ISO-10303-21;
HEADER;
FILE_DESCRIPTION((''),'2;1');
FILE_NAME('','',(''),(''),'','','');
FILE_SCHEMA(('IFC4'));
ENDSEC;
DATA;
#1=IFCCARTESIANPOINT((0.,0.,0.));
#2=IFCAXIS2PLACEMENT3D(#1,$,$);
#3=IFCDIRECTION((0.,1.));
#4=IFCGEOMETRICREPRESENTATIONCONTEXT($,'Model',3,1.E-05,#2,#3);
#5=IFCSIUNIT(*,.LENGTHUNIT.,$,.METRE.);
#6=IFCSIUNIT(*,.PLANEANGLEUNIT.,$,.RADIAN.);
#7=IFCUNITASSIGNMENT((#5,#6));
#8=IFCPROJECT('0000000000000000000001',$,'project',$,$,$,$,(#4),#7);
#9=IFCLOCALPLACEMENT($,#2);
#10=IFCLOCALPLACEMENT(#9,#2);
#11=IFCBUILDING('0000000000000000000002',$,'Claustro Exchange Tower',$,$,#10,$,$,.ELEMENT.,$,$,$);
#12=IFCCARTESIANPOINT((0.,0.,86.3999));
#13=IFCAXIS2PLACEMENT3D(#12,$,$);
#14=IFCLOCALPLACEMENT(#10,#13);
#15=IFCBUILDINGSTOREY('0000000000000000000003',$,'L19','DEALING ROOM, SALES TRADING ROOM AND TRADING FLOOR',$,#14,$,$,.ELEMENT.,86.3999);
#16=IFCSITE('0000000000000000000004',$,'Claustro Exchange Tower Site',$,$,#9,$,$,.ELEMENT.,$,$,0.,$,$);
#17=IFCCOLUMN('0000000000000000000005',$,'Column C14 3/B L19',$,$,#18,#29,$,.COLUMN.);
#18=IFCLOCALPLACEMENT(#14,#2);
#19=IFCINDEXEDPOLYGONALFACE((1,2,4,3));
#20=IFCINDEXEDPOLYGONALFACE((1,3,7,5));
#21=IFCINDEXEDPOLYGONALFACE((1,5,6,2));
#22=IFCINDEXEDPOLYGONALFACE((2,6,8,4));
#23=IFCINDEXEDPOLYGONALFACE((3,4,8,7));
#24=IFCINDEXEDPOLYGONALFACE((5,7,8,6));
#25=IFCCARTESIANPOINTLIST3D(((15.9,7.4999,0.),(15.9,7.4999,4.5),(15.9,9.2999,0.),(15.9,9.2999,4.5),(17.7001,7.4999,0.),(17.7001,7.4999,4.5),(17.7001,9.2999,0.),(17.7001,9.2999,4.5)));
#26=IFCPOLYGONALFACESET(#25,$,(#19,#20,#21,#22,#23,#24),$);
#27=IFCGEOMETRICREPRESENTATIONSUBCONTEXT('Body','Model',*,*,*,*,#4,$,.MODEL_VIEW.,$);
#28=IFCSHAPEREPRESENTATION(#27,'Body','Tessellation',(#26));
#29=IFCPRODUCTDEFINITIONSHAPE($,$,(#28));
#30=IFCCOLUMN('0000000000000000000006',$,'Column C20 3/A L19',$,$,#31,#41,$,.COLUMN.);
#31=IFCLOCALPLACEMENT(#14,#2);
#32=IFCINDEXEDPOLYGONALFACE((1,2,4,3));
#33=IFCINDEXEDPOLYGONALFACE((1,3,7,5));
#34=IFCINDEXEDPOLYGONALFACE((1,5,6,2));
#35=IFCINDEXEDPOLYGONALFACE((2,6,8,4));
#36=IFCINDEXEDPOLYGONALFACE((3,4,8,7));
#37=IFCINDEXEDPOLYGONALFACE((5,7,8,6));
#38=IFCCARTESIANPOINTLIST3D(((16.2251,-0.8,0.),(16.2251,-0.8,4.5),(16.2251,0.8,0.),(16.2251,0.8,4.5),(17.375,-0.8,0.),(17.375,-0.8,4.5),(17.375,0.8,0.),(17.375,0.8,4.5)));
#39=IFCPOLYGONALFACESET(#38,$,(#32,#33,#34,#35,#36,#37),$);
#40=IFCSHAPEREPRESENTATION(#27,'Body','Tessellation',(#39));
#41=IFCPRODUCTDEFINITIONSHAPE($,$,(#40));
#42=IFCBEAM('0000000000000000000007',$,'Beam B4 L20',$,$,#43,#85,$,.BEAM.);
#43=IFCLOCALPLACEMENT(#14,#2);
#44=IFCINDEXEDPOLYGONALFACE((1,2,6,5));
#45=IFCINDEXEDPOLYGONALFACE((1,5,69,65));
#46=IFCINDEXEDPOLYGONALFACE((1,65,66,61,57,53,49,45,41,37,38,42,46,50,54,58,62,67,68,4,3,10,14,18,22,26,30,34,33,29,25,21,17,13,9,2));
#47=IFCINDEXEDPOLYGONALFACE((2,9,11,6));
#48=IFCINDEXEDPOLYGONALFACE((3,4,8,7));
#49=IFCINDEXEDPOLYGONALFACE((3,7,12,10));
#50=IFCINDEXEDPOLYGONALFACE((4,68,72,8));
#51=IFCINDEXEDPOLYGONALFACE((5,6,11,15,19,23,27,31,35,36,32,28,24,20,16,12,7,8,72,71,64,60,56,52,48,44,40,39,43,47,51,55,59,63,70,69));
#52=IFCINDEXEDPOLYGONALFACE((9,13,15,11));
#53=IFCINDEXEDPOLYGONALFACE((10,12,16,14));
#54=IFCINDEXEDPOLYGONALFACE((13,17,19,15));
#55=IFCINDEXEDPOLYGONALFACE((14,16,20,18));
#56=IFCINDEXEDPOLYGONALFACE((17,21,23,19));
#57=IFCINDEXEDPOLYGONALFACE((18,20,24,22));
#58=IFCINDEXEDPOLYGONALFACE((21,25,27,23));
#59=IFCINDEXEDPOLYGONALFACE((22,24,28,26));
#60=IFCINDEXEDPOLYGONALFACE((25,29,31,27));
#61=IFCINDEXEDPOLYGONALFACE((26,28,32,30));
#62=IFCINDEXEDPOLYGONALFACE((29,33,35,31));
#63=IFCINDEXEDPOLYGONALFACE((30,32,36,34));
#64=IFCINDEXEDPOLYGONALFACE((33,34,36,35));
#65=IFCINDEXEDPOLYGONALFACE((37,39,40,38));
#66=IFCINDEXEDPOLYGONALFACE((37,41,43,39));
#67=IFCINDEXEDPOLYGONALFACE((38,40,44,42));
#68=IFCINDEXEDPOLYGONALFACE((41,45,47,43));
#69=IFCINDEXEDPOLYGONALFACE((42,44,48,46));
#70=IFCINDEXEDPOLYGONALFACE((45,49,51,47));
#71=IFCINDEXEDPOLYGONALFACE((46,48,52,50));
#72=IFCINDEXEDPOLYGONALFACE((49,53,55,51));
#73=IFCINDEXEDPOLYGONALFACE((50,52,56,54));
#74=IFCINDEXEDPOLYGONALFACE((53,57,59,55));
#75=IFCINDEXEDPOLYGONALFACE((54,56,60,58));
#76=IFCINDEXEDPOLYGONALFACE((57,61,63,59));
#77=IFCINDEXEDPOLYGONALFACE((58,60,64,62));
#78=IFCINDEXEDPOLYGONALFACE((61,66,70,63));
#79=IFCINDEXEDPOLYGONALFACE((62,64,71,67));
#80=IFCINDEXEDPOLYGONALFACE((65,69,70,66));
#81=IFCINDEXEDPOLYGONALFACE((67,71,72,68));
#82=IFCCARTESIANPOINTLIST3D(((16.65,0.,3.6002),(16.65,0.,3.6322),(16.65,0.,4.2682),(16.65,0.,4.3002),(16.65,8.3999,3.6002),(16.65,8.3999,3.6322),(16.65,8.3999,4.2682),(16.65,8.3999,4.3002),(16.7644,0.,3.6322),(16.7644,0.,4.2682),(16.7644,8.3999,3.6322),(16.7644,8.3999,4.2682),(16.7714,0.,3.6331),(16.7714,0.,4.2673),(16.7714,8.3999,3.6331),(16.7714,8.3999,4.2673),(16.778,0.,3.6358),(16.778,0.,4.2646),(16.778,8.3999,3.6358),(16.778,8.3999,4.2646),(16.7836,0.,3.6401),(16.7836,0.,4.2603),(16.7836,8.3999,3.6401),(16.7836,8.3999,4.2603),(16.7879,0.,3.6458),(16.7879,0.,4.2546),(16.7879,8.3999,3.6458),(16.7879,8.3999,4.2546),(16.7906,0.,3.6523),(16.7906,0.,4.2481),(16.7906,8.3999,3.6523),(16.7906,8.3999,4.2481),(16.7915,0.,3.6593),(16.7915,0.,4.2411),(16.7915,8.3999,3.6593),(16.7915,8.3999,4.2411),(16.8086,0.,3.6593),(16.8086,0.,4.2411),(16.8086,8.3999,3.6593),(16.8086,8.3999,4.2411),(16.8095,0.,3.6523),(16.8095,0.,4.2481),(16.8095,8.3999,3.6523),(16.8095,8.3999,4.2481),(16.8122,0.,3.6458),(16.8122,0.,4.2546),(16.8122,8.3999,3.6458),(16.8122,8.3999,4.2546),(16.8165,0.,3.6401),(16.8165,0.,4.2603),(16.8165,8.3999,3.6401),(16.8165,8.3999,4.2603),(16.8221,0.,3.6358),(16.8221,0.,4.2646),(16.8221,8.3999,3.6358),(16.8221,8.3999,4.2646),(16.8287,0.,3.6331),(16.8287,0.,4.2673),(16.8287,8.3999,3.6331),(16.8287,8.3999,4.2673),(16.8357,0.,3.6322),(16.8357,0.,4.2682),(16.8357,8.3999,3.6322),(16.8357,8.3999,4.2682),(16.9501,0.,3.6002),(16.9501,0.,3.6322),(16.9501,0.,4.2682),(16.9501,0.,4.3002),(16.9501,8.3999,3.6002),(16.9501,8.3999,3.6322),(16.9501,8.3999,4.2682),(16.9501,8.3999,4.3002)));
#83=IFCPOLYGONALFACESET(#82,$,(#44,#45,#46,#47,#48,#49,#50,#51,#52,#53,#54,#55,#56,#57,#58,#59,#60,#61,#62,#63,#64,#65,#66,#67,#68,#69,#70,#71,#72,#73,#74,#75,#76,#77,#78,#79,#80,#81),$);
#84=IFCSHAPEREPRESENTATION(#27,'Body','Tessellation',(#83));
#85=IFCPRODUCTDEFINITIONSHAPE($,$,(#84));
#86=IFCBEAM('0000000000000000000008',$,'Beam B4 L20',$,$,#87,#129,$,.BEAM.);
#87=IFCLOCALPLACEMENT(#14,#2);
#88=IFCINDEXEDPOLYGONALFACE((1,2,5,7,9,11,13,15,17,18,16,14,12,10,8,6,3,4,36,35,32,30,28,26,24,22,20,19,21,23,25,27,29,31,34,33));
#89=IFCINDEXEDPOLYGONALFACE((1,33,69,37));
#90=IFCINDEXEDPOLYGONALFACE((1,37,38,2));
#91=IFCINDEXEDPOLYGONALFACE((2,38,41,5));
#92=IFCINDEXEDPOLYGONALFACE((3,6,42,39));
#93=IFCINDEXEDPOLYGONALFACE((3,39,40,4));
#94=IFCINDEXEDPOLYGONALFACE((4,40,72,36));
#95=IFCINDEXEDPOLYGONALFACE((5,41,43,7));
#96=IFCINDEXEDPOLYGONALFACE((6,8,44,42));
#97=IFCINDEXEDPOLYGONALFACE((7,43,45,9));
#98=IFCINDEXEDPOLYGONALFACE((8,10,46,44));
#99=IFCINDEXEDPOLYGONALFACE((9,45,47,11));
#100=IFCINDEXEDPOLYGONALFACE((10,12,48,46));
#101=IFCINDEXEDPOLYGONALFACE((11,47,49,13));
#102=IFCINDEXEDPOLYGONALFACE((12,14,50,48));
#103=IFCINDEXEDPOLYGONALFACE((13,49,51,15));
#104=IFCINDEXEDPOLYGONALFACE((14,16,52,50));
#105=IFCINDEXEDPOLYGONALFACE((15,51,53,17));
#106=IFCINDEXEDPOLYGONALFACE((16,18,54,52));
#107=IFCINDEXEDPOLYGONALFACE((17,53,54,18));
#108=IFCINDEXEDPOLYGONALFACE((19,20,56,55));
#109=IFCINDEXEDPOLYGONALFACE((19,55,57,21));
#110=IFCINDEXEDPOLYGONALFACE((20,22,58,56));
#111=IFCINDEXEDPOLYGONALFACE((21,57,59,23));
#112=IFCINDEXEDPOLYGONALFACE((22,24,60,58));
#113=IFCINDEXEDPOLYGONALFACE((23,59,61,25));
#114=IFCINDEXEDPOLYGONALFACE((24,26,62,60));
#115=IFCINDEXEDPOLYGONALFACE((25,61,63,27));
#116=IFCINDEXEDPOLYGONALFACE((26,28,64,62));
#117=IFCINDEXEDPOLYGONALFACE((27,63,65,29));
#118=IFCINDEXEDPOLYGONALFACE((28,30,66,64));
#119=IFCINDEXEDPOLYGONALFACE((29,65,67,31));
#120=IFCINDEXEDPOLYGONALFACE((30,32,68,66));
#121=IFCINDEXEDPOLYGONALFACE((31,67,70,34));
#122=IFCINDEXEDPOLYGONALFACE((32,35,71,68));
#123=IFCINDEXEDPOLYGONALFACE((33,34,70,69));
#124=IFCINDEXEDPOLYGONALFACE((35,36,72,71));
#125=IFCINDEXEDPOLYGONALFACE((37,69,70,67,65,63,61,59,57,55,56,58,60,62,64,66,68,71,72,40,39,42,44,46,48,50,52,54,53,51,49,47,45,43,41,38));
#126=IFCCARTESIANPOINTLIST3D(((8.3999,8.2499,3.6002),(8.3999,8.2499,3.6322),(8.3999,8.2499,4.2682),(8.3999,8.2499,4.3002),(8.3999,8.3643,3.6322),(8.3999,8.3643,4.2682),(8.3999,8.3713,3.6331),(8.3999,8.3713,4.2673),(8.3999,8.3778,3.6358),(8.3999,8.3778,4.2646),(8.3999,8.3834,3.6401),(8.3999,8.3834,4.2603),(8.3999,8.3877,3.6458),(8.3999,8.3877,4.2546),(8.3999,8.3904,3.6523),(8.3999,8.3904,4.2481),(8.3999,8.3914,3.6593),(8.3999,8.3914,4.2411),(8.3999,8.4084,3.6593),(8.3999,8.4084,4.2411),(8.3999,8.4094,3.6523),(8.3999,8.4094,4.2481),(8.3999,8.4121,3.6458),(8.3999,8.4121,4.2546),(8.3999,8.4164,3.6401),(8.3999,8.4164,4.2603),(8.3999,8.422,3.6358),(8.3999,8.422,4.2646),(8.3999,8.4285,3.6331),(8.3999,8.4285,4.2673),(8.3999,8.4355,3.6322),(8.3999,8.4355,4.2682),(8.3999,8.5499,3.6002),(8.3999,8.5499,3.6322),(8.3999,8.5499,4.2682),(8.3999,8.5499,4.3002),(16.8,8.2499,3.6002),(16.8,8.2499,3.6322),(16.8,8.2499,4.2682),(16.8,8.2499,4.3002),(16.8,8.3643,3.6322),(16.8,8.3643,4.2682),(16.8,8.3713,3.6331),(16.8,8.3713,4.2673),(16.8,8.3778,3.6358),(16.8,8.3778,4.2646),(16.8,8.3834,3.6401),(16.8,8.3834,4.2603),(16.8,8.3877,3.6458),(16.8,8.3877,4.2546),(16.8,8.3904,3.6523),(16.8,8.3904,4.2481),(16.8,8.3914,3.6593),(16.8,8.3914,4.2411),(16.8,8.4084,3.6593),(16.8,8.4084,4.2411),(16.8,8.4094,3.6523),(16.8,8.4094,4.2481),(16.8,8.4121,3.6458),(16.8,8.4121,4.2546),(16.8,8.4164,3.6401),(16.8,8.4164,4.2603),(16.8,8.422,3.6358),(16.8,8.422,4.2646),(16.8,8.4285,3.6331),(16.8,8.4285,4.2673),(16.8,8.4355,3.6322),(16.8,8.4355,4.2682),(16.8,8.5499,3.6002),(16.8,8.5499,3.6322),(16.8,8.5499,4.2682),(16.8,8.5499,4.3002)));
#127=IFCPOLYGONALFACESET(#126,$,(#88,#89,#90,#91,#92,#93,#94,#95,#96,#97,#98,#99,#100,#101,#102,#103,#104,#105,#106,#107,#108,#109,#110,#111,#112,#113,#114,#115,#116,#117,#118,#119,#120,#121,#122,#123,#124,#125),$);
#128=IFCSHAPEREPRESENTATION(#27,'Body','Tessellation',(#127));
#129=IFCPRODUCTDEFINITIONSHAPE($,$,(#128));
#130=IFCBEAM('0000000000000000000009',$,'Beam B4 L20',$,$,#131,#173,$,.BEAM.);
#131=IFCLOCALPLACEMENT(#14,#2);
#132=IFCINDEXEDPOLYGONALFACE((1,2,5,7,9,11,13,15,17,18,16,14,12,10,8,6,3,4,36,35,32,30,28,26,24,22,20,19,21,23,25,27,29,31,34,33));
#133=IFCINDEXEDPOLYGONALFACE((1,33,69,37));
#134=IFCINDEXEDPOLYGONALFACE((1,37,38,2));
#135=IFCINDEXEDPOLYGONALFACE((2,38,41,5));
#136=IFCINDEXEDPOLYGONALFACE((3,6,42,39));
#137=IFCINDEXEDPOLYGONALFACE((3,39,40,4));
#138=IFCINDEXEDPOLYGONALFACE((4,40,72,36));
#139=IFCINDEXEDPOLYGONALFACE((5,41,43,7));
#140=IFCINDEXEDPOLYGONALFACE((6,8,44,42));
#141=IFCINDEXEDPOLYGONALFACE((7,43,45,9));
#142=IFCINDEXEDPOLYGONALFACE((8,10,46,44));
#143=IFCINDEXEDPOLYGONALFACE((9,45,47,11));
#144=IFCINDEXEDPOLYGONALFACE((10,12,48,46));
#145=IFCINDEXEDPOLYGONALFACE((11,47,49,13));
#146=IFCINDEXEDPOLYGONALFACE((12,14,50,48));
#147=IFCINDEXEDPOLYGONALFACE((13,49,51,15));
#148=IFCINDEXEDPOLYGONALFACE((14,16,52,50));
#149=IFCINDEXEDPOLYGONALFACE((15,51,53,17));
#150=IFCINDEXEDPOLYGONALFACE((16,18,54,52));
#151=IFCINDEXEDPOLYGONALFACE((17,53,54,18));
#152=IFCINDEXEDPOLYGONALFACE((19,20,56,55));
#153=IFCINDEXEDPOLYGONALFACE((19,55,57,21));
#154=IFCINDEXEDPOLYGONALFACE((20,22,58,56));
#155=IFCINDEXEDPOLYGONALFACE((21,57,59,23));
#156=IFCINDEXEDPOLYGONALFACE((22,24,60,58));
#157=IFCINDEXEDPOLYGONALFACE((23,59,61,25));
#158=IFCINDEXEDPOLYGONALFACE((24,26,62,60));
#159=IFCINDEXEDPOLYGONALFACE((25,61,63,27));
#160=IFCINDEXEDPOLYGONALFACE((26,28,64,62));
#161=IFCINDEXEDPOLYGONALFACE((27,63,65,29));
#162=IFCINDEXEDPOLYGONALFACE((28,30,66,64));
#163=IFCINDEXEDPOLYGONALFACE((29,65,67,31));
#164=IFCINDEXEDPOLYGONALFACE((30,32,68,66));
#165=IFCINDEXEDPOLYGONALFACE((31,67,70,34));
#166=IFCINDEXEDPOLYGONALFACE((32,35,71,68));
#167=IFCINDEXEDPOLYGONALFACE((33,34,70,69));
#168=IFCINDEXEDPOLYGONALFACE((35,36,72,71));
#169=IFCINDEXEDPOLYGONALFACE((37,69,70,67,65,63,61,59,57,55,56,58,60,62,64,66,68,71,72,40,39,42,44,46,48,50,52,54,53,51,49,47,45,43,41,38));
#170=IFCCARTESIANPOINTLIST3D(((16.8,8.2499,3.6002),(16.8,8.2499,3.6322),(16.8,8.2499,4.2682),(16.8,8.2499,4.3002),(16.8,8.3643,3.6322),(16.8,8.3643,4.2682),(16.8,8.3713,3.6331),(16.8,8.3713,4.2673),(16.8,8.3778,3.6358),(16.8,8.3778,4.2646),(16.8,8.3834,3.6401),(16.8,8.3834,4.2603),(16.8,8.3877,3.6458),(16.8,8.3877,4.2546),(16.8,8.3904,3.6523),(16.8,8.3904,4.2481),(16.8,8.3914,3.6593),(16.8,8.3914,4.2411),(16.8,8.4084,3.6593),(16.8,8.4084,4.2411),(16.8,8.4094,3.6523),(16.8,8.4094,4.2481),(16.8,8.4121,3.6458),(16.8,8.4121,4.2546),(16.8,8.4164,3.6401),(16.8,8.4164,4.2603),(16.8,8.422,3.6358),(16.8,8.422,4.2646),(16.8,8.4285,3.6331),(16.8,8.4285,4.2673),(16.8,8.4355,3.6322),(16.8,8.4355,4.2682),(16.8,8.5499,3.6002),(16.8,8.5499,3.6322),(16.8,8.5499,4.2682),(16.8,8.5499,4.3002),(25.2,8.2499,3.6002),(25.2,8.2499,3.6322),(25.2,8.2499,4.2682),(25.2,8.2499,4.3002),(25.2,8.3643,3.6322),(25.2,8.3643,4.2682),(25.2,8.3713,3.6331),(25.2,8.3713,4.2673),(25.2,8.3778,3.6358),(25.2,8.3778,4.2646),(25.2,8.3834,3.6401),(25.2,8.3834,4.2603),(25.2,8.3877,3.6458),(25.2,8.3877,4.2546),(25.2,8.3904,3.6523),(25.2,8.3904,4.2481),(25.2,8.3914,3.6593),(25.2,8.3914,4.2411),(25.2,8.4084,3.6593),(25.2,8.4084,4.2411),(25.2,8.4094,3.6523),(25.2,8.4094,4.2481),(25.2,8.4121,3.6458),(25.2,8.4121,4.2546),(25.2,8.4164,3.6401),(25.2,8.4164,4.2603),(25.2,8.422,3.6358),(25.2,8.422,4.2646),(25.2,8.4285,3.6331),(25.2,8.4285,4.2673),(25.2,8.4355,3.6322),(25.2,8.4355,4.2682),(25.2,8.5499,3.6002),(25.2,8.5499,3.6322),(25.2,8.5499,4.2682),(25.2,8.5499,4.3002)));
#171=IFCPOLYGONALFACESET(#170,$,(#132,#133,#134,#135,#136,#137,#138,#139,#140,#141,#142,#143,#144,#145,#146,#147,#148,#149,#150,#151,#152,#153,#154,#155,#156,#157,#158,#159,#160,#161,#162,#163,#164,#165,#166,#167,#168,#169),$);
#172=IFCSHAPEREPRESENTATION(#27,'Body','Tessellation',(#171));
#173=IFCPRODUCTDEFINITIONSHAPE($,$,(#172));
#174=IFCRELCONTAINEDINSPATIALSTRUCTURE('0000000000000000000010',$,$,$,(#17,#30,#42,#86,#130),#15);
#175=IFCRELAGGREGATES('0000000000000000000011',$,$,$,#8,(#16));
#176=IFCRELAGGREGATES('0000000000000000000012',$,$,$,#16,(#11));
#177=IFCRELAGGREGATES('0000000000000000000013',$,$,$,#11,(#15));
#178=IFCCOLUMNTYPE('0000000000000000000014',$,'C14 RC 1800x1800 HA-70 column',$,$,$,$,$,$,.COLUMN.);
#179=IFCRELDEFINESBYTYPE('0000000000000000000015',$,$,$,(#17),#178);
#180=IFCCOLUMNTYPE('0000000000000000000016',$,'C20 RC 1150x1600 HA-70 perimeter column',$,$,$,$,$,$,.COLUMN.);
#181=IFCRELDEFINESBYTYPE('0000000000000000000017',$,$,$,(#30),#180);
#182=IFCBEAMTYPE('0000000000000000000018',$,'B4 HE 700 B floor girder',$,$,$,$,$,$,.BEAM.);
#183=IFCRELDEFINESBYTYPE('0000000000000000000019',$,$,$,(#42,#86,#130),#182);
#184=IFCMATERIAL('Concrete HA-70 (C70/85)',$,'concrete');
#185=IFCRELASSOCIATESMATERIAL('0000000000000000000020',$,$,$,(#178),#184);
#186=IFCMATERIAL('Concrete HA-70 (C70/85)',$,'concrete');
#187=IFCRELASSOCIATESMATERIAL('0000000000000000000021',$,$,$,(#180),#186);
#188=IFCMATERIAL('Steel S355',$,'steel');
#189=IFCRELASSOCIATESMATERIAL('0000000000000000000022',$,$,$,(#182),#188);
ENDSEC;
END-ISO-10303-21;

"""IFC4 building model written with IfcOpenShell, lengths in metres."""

from ifc_helpers import new_model, si_unit, direction, frame, origin, origin_2d, place, context, subcontext, project, spatial, rectangle, i_section, extrude, material, material_profile, profile_set, type_object, element, save


model = new_model("IFC4")

# Units and contexts
model_context = context("Model", 3, precision=1e-05, world=origin(), true_north=direction((0.0, 1.0)))
body_context = subcontext(model_context, "Body", "Model", "MODEL_VIEW")
ifc_project = project(units=[si_unit("LENGTHUNIT", "METRE"), si_unit("PLANEANGLEUNIT", "RADIAN")], contexts=[model_context])

# Site, building, storey
site_placement = place(None, origin())
site = spatial("IfcSite", under=ifc_project, at=site_placement, Name="Claustro Exchange Tower Site", CompositionType="ELEMENT", RefElevation=0.0)
building_placement = place(site_placement, origin())
building = spatial("IfcBuilding", under=site, at=building_placement, Name="Claustro Exchange Tower", CompositionType="ELEMENT")
storey_placement = place(building_placement, frame((0.0, 0.0, 86.3999)))
storey = spatial("IfcBuildingStorey", under=building, at=storey_placement, Name="L19", Description="DEALING ROOM, SALES TRADING ROOM AND TRADING FLOOR", CompositionType="ELEMENT", Elevation=86.3999)

# Columns
ifc_material_1 = material(Name="Concrete HA-70 (C70/85)", Category="concrete")
ifc_material_profile_1 = material_profile(ifc_material_1, rectangle(XDim=1.8, YDim=1.8, at=origin_2d()), Name="RC 1800x1800")
ifc_profile_set_1 = profile_set([ifc_material_profile_1], Name="Concrete HA-70 (C70/85)")
column_type_1 = type_object("IfcColumnType", Name="C14 RC 1800x1800 HA-70 column", PredefinedType="COLUMN", material=ifc_profile_set_1)
column_1_placement = place(storey_placement, frame((16.8, 8.3999, 0.0), z_axis=(0.0, 0.0, 1.0), x_axis=(1.0, 0.0, 0.0)))
element("IfcColumn", 1, at=column_1_placement, inside=storey, type_object=column_type_1, Name="Column C14 3/B L19", PredefinedType="COLUMN", context=body_context, shape_type="SweptSolid", body=[
    extrude(rectangle(XDim=1.8, YDim=1.8, at=origin_2d()), origin(), (0.0, 0.0, 1.0), 4.5),
])
ifc_material_2 = material(Name="Concrete HA-70 (C70/85)", Category="concrete")
ifc_material_profile_2 = material_profile(ifc_material_2, rectangle(XDim=1.1499, YDim=1.6001, at=origin_2d()), Name="RC 1150x1600")
ifc_profile_set_2 = profile_set([ifc_material_profile_2], Name="Concrete HA-70 (C70/85)")
column_type_2 = type_object("IfcColumnType", Name="C20 RC 1150x1600 HA-70 perimeter column", PredefinedType="COLUMN", material=ifc_profile_set_2)
column_2_placement = place(storey_placement, frame((16.8, 0.0, 0.0), z_axis=(0.0, 0.0, 1.0), x_axis=(1.0, 0.0, 0.0)))
element("IfcColumn", 2, at=column_2_placement, inside=storey, type_object=column_type_2, Name="Column C20 3/A L19", PredefinedType="COLUMN", context=body_context, shape_type="SweptSolid", body=[
    extrude(rectangle(XDim=1.1499, YDim=1.6001, at=origin_2d()), origin(), (0.0, 0.0, 1.0), 4.5),
])

# Beams
ifc_material_3 = material(Name="Steel S355", Category="steel")
ifc_material_profile_3 = material_profile(ifc_material_3, i_section(OverallWidth=0.3, OverallDepth=0.7, WebThickness=0.0171, FlangeThickness=0.032, FilletRadius=0.0271, at=origin_2d()), Name="HE 700 B")
ifc_profile_set_3 = profile_set([ifc_material_profile_3], Name="Steel S355")
beam_type_1 = type_object("IfcBeamType", Name="B4 HE 700 B floor girder", PredefinedType="BEAM", material=ifc_profile_set_3)
beam_1_placement = place(storey_placement, frame((16.8, 0.0, 3.9502), z_axis=(0.0, 1.0, 0.0), x_axis=(-1.0, 0.0, 0.0)))
element("IfcBeam", 3, at=beam_1_placement, inside=storey, type_object=beam_type_1, Name="Beam B4 L20", PredefinedType="BEAM", context=body_context, shape_type="SweptSolid", body=[
    extrude(i_section(OverallWidth=0.3, OverallDepth=0.7, WebThickness=0.0171, FlangeThickness=0.032, FilletRadius=0.0271, at=origin_2d()), origin(), (0.0, 0.0, 1.0), 8.3999),
])
beam_2_placement = place(storey_placement, frame((8.3999, 8.3999, 3.9502), z_axis=(1.0, 0.0, 0.0), x_axis=(0.0, 1.0, 0.0)))
element("IfcBeam", 4, at=beam_2_placement, inside=storey, type_object=beam_type_1, Name="Beam B4 L20", PredefinedType="BEAM", context=body_context, shape_type="SweptSolid", body=[
    extrude(i_section(OverallWidth=0.3, OverallDepth=0.7, WebThickness=0.0171, FlangeThickness=0.032, FilletRadius=0.0271, at=origin_2d()), origin(), (0.0, 0.0, 1.0), 8.4001),
])
beam_3_placement = place(storey_placement, frame((16.8, 8.3999, 3.9502), z_axis=(1.0, 0.0, 0.0), x_axis=(0.0, 1.0, 0.0)))
element("IfcBeam", 5, at=beam_3_placement, inside=storey, type_object=beam_type_1, Name="Beam B4 L20", PredefinedType="BEAM", context=body_context, shape_type="SweptSolid", body=[
    extrude(i_section(OverallWidth=0.3, OverallDepth=0.7, WebThickness=0.0171, FlangeThickness=0.032, FilletRadius=0.0271, at=origin_2d()), origin(), (0.0, 0.0, 1.0), 8.3999),
])

save(model, "model.ifc")
